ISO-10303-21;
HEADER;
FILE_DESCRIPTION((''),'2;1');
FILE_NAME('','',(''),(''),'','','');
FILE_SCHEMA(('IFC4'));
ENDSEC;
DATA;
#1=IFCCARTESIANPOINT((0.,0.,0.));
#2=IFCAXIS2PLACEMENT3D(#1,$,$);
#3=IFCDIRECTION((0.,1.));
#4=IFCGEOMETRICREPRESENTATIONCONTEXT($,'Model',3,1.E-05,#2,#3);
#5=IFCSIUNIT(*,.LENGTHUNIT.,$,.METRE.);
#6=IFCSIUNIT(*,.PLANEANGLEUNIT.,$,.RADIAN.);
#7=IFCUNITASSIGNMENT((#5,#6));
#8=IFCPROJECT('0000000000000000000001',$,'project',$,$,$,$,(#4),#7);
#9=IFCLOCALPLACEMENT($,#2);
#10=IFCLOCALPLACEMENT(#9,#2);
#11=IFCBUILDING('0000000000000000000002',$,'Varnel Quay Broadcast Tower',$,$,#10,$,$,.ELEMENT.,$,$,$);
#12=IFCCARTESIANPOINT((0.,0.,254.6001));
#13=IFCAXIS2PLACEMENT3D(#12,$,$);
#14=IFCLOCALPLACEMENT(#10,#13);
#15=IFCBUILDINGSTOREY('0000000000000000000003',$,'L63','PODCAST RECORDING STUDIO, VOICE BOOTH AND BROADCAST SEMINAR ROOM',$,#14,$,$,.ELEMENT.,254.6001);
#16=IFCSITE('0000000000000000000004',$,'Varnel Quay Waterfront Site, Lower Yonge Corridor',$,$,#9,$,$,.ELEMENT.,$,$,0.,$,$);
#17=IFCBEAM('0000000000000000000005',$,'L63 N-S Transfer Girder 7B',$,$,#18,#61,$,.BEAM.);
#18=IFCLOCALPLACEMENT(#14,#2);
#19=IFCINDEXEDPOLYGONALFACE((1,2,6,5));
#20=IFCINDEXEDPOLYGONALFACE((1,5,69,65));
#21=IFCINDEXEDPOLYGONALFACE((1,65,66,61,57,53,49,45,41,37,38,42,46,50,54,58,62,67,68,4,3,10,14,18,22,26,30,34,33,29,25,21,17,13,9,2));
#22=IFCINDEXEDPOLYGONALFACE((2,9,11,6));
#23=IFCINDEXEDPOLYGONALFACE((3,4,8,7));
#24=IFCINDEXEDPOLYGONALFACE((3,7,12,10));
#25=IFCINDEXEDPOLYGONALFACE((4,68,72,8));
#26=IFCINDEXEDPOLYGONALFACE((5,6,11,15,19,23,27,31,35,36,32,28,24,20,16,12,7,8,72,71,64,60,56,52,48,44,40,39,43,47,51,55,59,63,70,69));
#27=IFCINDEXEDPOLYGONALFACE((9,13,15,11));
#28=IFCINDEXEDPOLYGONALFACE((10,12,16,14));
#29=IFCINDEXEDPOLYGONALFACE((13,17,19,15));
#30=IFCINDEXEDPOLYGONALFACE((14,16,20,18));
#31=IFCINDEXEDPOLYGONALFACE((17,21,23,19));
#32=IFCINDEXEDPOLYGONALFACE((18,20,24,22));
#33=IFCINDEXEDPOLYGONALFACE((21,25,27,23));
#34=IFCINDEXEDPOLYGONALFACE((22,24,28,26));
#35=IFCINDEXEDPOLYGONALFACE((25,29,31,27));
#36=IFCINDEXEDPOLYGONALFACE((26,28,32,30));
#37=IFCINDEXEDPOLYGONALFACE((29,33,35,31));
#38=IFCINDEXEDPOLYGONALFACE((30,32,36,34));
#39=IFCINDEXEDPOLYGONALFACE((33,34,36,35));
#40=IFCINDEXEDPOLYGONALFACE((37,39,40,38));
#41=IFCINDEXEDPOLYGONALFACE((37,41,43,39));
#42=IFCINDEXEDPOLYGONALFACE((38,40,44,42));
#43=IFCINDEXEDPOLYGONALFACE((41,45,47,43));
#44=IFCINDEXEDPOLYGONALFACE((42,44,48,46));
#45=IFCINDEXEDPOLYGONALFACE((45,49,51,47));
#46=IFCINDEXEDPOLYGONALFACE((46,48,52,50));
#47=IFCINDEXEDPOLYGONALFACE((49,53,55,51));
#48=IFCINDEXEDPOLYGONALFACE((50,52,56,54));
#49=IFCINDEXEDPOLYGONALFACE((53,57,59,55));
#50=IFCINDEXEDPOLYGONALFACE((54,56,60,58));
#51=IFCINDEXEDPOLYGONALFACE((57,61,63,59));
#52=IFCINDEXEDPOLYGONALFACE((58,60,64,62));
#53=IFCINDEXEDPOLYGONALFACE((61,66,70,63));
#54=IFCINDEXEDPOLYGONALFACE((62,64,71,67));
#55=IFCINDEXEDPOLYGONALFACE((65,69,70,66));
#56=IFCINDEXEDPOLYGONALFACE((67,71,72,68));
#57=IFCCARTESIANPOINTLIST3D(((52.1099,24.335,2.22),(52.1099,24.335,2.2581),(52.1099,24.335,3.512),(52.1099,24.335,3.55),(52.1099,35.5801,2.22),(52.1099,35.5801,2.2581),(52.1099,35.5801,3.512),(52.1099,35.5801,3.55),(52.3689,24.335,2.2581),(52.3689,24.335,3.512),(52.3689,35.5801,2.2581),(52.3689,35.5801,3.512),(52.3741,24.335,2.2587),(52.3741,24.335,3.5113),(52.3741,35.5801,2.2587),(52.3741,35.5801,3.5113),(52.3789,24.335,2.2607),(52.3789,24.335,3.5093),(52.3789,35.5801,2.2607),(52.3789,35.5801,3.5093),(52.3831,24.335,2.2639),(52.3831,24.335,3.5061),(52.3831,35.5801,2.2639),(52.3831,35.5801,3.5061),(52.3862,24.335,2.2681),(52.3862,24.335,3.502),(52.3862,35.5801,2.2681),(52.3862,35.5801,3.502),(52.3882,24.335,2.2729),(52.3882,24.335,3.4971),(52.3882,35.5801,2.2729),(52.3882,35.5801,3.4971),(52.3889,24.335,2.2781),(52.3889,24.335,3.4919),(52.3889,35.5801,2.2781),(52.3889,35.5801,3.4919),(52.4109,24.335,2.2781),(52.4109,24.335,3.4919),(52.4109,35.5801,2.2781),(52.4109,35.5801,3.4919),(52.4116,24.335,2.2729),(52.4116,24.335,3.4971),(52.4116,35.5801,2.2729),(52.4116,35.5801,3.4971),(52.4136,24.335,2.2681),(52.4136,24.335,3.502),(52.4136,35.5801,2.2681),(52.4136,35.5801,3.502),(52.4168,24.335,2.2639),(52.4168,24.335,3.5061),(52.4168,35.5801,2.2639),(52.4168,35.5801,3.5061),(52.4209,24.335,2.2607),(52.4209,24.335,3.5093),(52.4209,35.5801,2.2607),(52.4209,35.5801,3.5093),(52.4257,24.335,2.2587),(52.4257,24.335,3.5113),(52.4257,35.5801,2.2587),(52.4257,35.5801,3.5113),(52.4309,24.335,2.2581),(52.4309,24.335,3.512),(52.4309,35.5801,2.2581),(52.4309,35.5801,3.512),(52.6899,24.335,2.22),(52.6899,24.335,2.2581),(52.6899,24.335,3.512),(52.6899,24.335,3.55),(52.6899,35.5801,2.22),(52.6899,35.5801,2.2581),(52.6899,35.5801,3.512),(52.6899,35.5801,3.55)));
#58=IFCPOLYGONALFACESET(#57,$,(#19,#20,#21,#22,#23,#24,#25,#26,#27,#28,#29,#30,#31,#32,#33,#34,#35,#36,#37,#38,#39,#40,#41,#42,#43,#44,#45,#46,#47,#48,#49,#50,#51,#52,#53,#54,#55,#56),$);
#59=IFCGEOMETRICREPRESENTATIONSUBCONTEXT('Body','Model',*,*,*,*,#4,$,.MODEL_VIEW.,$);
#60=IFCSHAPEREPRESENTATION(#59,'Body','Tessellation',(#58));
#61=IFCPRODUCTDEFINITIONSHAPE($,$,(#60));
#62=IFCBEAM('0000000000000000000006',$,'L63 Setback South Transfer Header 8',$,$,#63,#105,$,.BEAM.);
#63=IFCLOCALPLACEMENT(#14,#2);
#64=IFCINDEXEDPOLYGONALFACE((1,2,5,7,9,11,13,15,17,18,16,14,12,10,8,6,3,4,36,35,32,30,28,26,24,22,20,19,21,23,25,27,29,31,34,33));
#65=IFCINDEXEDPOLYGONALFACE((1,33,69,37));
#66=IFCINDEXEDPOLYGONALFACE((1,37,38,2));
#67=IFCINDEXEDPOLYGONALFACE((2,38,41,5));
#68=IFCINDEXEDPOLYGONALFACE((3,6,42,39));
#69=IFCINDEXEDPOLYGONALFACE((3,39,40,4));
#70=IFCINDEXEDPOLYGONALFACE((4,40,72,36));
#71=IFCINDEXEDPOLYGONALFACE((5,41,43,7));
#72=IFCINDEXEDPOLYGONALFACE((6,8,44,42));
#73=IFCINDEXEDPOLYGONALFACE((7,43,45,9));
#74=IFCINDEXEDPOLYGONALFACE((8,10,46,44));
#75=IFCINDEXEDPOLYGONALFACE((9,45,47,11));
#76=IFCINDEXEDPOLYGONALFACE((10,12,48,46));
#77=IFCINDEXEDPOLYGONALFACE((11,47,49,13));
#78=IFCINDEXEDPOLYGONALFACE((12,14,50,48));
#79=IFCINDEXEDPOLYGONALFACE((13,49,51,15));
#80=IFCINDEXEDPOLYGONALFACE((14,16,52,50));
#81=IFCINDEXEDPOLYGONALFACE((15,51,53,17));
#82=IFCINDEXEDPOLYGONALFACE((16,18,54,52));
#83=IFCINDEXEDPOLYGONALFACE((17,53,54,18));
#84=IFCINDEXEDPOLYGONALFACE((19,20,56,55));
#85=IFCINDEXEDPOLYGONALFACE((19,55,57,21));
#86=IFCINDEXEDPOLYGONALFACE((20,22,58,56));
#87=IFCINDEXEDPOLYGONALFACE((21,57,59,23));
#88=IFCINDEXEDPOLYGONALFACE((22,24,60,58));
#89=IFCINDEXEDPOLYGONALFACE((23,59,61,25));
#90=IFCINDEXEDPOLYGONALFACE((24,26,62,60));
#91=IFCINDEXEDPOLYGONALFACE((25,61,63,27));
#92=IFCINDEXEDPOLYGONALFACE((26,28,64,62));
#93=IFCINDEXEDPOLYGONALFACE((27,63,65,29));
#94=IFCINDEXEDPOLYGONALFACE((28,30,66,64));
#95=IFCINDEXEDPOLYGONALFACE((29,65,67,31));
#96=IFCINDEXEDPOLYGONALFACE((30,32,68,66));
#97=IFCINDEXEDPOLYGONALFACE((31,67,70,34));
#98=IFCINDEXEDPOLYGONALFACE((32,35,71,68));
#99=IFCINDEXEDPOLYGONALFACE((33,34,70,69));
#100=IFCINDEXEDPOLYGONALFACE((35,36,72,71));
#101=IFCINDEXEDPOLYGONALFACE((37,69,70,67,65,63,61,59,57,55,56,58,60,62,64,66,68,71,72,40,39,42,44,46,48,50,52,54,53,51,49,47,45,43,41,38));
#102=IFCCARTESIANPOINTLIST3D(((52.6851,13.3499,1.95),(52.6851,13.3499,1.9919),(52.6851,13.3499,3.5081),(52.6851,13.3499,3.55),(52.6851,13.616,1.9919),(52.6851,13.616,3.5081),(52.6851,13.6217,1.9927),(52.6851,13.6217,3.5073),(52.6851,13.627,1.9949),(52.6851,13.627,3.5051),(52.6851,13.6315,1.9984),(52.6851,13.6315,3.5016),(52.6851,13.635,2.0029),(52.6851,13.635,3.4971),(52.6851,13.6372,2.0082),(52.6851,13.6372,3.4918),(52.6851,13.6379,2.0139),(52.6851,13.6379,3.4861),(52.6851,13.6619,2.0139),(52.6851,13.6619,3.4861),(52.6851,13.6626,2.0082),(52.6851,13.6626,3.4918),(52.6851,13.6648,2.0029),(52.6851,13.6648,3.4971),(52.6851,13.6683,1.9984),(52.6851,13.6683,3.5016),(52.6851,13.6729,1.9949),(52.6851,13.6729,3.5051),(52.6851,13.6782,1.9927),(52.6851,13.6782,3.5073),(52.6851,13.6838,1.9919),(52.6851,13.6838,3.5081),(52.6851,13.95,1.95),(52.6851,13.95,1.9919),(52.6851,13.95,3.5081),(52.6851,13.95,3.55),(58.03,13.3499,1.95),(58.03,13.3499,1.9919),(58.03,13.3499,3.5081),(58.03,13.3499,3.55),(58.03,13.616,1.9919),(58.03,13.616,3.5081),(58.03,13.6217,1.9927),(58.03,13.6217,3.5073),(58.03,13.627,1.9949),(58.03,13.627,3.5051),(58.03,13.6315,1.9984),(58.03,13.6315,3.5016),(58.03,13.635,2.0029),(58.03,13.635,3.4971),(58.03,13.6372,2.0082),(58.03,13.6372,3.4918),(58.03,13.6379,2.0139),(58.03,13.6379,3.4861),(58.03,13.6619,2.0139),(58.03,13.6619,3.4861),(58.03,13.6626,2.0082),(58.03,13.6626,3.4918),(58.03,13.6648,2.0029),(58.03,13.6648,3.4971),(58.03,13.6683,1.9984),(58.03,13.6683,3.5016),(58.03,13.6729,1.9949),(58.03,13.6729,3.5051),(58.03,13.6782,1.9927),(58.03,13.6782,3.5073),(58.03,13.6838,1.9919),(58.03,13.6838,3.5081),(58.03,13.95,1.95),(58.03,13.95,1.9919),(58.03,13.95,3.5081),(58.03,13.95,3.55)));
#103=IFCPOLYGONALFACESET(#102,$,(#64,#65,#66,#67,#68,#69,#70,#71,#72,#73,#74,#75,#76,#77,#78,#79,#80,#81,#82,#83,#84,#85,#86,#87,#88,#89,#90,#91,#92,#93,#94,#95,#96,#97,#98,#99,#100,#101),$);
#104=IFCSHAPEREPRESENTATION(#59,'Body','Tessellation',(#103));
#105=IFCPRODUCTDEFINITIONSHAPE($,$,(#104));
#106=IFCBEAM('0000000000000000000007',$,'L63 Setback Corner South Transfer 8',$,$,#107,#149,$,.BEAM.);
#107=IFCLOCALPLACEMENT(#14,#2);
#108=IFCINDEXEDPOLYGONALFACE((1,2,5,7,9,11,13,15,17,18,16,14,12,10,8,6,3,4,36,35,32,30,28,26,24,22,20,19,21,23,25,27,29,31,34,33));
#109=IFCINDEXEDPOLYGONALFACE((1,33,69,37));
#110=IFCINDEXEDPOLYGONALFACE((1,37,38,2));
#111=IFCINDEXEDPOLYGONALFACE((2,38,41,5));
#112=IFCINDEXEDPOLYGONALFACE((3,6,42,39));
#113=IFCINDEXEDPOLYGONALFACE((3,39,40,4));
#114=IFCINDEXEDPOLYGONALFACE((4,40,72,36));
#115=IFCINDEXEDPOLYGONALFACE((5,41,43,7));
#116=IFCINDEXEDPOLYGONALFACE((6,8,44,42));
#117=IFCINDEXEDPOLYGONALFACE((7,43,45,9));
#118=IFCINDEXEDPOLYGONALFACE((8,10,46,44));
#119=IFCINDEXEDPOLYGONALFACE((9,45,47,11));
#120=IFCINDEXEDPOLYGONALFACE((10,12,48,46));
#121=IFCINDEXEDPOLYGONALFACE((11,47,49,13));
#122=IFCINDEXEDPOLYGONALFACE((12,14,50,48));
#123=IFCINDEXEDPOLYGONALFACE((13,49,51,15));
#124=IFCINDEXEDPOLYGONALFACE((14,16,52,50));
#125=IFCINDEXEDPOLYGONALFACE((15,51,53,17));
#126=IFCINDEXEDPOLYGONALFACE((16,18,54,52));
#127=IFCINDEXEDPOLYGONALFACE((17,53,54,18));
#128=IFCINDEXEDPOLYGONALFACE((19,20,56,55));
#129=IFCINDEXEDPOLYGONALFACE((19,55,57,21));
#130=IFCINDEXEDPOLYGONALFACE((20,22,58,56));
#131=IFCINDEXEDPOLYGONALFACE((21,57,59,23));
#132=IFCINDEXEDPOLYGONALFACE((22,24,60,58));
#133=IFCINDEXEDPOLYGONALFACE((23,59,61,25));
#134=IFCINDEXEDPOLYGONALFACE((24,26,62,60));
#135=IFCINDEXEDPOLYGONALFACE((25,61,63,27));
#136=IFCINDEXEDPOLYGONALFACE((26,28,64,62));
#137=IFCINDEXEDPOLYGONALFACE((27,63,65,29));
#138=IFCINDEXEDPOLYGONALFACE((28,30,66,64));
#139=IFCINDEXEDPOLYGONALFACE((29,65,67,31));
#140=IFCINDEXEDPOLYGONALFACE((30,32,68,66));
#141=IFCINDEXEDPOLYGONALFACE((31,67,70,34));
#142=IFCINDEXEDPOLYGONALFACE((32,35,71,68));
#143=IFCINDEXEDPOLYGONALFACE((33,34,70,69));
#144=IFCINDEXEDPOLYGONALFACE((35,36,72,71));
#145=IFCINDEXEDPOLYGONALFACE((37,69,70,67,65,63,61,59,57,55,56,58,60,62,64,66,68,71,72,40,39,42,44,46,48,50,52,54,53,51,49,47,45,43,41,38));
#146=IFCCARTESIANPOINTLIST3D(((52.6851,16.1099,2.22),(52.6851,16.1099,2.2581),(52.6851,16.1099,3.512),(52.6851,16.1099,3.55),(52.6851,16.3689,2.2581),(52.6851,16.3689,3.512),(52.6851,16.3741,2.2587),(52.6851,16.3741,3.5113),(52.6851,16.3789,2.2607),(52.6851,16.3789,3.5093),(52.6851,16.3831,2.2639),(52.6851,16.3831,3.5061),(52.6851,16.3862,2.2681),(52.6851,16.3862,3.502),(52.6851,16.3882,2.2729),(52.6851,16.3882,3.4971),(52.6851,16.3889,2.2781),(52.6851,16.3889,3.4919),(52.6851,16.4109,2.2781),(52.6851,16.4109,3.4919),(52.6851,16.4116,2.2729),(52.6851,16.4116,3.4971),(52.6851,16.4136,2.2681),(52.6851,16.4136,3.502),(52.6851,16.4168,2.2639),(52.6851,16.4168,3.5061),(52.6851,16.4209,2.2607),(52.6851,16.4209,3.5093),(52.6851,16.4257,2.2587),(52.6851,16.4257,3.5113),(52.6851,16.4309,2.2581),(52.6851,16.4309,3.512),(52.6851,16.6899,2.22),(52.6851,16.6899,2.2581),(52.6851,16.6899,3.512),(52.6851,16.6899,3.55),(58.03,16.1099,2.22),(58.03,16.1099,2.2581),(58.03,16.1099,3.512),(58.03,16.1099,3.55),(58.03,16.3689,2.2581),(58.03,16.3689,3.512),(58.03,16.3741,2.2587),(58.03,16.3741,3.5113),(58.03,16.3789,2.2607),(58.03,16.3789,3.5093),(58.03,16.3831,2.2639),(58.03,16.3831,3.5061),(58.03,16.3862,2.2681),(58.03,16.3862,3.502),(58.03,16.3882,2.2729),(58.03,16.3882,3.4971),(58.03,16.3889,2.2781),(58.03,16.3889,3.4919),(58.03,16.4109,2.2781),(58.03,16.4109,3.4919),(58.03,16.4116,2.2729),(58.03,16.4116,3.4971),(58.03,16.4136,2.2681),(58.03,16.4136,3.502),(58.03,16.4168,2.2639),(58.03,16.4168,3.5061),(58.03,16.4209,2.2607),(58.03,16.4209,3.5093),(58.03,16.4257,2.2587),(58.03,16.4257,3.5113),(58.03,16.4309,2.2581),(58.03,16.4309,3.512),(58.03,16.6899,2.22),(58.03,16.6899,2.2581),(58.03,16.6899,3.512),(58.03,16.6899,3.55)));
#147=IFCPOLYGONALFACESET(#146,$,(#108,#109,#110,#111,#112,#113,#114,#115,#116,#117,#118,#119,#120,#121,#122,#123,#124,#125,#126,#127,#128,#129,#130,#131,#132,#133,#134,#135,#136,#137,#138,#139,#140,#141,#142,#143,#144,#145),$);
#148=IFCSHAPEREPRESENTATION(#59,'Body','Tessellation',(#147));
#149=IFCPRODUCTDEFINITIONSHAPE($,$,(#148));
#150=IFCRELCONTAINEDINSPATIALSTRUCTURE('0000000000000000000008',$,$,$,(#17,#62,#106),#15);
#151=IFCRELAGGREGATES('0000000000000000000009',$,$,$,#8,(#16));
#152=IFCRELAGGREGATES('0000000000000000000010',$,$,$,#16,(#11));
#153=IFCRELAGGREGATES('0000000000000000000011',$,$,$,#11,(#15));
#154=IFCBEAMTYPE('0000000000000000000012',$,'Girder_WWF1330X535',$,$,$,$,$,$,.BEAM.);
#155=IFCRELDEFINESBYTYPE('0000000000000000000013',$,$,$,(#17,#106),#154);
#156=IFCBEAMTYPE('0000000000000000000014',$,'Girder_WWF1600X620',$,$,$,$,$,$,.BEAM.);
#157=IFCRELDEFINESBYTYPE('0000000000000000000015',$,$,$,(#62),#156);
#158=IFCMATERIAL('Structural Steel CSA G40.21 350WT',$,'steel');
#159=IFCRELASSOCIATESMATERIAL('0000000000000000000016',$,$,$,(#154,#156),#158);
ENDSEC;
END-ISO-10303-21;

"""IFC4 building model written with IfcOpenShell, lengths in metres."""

from ifc_helpers import new_model, si_unit, direction, frame, origin, origin_2d, place, context, subcontext, project, spatial, i_section, extrude, source, transform, mapped, material, material_profile, profile_set, type_object, element, save


model = new_model("IFC4")

# Units and contexts
model_context = context("Model", 3, precision=1e-05, world=origin(), true_north=direction((0.0, 1.0)))
body_context = subcontext(model_context, "Body", "Model", "MODEL_VIEW")
ifc_project = project(units=[si_unit("LENGTHUNIT", "METRE"), si_unit("PLANEANGLEUNIT", "RADIAN")], contexts=[model_context])

# Site, building, storey
site_placement = place(None, origin())
site = spatial("IfcSite", under=ifc_project, at=site_placement, Name="Varnel Quay Waterfront Site, Lower Yonge Corridor", CompositionType="ELEMENT", RefElevation=0.0)
building_placement = place(site_placement, origin())
building = spatial("IfcBuilding", under=site, at=building_placement, Name="Varnel Quay Broadcast Tower", CompositionType="ELEMENT")
storey_placement = place(building_placement, frame((0.0, 0.0, 254.6001)))
storey = spatial("IfcBuildingStorey", under=building, at=storey_placement, Name="L63", Description="PODCAST RECORDING STUDIO, VOICE BOOTH AND BROADCAST SEMINAR ROOM", CompositionType="ELEMENT", Elevation=254.6001)

# Shared definitions
ifc_material_1 = material(Name="Structural Steel CSA G40.21 350WT", Category="steel")

# Beams
ifc_material_profile_1 = material_profile(ifc_material_1, i_section(OverallWidth=0.5801, OverallDepth=1.3301, WebThickness=0.022, FlangeThickness=0.0381, FilletRadius=0.02, at=origin_2d()), Name="WWF1330X535")
ifc_profile_set_1 = profile_set([ifc_material_profile_1], Name="Structural Steel CSA G40.21 350WT")
beam_type_1 = type_object("IfcBeamType", Name="Girder_WWF1330X535", PredefinedType="BEAM", material=ifc_profile_set_1)
ifc_material_profile_2 = material_profile(ifc_material_1, i_section(OverallWidth=0.6001, OverallDepth=1.6001, WebThickness=0.0239, FlangeThickness=0.042, FilletRadius=0.022, at=origin_2d()), Name="WWF1600X620")
ifc_profile_set_2 = profile_set([ifc_material_profile_2], Name="Structural Steel CSA G40.21 350WT")
beam_type_2 = type_object("IfcBeamType", Name="Girder_WWF1600X620", PredefinedType="BEAM", material=ifc_profile_set_2)
shared_shape_1 = source(origin(), body_context, "Body", "SweptSolid", [
    extrude(i_section(OverallWidth=0.5801, OverallDepth=1.3301, WebThickness=0.022, FlangeThickness=0.0381, FilletRadius=0.02, at=origin_2d()), origin(), (0.0, 0.0, 1.0), 11.2451),
])
beam_1_placement = place(storey_placement, frame((52.3999, 24.335, 2.885), z_axis=(0.0, 1.0, 0.0), x_axis=(-1.0, 0.0, 0.0)))
element("IfcBeam", 1, at=beam_1_placement, inside=storey, type_object=beam_type_1, Name="L63 N-S Transfer Girder 7B", PredefinedType="BEAM", context=body_context, shape_type="MappedRepresentation", body=[
    mapped(shared_shape_1, transform((0.0, 0.0, 0.0), x_axis=(1.0, 0.0, 0.0), y_axis=(0.0, 1.0, 0.0), z_axis=(0.0, 0.0, 1.0), scale=1.0)),
])
shared_shape_2 = source(origin(), body_context, "Body", "SweptSolid", [
    extrude(i_section(OverallWidth=0.6001, OverallDepth=1.6001, WebThickness=0.0239, FlangeThickness=0.042, FilletRadius=0.022, at=origin_2d()), origin(), (0.0, 0.0, 1.0), 5.345),
])
beam_2_placement = place(storey_placement, frame((52.6851, 13.6499, 2.75), z_axis=(1.0, 0.0, 0.0), x_axis=(0.0, 1.0, 0.0)))
element("IfcBeam", 2, at=beam_2_placement, inside=storey, type_object=beam_type_2, Name="L63 Setback South Transfer Header 8", PredefinedType="BEAM", context=body_context, shape_type="MappedRepresentation", body=[
    mapped(shared_shape_2, transform((0.0, 0.0, 0.0), x_axis=(1.0, 0.0, 0.0), y_axis=(0.0, 1.0, 0.0), z_axis=(0.0, 0.0, 1.0), scale=1.0)),
])
shared_shape_3 = source(origin(), body_context, "Body", "SweptSolid", [
    extrude(i_section(OverallWidth=0.5801, OverallDepth=1.3301, WebThickness=0.022, FlangeThickness=0.0381, FilletRadius=0.02, at=origin_2d()), origin(), (0.0, 0.0, 1.0), 5.345),
])
beam_3_placement = place(storey_placement, frame((52.6851, 16.3999, 2.885), z_axis=(1.0, 0.0, 0.0), x_axis=(0.0, 1.0, 0.0)))
element("IfcBeam", 3, at=beam_3_placement, inside=storey, type_object=beam_type_1, Name="L63 Setback Corner South Transfer 8", PredefinedType="BEAM", context=body_context, shape_type="MappedRepresentation", body=[
    mapped(shared_shape_3, transform((0.0, 0.0, 0.0), x_axis=(1.0, 0.0, 0.0), y_axis=(0.0, 1.0, 0.0), z_axis=(0.0, 0.0, 1.0), scale=1.0)),
])

save(model, "model.ifc")
